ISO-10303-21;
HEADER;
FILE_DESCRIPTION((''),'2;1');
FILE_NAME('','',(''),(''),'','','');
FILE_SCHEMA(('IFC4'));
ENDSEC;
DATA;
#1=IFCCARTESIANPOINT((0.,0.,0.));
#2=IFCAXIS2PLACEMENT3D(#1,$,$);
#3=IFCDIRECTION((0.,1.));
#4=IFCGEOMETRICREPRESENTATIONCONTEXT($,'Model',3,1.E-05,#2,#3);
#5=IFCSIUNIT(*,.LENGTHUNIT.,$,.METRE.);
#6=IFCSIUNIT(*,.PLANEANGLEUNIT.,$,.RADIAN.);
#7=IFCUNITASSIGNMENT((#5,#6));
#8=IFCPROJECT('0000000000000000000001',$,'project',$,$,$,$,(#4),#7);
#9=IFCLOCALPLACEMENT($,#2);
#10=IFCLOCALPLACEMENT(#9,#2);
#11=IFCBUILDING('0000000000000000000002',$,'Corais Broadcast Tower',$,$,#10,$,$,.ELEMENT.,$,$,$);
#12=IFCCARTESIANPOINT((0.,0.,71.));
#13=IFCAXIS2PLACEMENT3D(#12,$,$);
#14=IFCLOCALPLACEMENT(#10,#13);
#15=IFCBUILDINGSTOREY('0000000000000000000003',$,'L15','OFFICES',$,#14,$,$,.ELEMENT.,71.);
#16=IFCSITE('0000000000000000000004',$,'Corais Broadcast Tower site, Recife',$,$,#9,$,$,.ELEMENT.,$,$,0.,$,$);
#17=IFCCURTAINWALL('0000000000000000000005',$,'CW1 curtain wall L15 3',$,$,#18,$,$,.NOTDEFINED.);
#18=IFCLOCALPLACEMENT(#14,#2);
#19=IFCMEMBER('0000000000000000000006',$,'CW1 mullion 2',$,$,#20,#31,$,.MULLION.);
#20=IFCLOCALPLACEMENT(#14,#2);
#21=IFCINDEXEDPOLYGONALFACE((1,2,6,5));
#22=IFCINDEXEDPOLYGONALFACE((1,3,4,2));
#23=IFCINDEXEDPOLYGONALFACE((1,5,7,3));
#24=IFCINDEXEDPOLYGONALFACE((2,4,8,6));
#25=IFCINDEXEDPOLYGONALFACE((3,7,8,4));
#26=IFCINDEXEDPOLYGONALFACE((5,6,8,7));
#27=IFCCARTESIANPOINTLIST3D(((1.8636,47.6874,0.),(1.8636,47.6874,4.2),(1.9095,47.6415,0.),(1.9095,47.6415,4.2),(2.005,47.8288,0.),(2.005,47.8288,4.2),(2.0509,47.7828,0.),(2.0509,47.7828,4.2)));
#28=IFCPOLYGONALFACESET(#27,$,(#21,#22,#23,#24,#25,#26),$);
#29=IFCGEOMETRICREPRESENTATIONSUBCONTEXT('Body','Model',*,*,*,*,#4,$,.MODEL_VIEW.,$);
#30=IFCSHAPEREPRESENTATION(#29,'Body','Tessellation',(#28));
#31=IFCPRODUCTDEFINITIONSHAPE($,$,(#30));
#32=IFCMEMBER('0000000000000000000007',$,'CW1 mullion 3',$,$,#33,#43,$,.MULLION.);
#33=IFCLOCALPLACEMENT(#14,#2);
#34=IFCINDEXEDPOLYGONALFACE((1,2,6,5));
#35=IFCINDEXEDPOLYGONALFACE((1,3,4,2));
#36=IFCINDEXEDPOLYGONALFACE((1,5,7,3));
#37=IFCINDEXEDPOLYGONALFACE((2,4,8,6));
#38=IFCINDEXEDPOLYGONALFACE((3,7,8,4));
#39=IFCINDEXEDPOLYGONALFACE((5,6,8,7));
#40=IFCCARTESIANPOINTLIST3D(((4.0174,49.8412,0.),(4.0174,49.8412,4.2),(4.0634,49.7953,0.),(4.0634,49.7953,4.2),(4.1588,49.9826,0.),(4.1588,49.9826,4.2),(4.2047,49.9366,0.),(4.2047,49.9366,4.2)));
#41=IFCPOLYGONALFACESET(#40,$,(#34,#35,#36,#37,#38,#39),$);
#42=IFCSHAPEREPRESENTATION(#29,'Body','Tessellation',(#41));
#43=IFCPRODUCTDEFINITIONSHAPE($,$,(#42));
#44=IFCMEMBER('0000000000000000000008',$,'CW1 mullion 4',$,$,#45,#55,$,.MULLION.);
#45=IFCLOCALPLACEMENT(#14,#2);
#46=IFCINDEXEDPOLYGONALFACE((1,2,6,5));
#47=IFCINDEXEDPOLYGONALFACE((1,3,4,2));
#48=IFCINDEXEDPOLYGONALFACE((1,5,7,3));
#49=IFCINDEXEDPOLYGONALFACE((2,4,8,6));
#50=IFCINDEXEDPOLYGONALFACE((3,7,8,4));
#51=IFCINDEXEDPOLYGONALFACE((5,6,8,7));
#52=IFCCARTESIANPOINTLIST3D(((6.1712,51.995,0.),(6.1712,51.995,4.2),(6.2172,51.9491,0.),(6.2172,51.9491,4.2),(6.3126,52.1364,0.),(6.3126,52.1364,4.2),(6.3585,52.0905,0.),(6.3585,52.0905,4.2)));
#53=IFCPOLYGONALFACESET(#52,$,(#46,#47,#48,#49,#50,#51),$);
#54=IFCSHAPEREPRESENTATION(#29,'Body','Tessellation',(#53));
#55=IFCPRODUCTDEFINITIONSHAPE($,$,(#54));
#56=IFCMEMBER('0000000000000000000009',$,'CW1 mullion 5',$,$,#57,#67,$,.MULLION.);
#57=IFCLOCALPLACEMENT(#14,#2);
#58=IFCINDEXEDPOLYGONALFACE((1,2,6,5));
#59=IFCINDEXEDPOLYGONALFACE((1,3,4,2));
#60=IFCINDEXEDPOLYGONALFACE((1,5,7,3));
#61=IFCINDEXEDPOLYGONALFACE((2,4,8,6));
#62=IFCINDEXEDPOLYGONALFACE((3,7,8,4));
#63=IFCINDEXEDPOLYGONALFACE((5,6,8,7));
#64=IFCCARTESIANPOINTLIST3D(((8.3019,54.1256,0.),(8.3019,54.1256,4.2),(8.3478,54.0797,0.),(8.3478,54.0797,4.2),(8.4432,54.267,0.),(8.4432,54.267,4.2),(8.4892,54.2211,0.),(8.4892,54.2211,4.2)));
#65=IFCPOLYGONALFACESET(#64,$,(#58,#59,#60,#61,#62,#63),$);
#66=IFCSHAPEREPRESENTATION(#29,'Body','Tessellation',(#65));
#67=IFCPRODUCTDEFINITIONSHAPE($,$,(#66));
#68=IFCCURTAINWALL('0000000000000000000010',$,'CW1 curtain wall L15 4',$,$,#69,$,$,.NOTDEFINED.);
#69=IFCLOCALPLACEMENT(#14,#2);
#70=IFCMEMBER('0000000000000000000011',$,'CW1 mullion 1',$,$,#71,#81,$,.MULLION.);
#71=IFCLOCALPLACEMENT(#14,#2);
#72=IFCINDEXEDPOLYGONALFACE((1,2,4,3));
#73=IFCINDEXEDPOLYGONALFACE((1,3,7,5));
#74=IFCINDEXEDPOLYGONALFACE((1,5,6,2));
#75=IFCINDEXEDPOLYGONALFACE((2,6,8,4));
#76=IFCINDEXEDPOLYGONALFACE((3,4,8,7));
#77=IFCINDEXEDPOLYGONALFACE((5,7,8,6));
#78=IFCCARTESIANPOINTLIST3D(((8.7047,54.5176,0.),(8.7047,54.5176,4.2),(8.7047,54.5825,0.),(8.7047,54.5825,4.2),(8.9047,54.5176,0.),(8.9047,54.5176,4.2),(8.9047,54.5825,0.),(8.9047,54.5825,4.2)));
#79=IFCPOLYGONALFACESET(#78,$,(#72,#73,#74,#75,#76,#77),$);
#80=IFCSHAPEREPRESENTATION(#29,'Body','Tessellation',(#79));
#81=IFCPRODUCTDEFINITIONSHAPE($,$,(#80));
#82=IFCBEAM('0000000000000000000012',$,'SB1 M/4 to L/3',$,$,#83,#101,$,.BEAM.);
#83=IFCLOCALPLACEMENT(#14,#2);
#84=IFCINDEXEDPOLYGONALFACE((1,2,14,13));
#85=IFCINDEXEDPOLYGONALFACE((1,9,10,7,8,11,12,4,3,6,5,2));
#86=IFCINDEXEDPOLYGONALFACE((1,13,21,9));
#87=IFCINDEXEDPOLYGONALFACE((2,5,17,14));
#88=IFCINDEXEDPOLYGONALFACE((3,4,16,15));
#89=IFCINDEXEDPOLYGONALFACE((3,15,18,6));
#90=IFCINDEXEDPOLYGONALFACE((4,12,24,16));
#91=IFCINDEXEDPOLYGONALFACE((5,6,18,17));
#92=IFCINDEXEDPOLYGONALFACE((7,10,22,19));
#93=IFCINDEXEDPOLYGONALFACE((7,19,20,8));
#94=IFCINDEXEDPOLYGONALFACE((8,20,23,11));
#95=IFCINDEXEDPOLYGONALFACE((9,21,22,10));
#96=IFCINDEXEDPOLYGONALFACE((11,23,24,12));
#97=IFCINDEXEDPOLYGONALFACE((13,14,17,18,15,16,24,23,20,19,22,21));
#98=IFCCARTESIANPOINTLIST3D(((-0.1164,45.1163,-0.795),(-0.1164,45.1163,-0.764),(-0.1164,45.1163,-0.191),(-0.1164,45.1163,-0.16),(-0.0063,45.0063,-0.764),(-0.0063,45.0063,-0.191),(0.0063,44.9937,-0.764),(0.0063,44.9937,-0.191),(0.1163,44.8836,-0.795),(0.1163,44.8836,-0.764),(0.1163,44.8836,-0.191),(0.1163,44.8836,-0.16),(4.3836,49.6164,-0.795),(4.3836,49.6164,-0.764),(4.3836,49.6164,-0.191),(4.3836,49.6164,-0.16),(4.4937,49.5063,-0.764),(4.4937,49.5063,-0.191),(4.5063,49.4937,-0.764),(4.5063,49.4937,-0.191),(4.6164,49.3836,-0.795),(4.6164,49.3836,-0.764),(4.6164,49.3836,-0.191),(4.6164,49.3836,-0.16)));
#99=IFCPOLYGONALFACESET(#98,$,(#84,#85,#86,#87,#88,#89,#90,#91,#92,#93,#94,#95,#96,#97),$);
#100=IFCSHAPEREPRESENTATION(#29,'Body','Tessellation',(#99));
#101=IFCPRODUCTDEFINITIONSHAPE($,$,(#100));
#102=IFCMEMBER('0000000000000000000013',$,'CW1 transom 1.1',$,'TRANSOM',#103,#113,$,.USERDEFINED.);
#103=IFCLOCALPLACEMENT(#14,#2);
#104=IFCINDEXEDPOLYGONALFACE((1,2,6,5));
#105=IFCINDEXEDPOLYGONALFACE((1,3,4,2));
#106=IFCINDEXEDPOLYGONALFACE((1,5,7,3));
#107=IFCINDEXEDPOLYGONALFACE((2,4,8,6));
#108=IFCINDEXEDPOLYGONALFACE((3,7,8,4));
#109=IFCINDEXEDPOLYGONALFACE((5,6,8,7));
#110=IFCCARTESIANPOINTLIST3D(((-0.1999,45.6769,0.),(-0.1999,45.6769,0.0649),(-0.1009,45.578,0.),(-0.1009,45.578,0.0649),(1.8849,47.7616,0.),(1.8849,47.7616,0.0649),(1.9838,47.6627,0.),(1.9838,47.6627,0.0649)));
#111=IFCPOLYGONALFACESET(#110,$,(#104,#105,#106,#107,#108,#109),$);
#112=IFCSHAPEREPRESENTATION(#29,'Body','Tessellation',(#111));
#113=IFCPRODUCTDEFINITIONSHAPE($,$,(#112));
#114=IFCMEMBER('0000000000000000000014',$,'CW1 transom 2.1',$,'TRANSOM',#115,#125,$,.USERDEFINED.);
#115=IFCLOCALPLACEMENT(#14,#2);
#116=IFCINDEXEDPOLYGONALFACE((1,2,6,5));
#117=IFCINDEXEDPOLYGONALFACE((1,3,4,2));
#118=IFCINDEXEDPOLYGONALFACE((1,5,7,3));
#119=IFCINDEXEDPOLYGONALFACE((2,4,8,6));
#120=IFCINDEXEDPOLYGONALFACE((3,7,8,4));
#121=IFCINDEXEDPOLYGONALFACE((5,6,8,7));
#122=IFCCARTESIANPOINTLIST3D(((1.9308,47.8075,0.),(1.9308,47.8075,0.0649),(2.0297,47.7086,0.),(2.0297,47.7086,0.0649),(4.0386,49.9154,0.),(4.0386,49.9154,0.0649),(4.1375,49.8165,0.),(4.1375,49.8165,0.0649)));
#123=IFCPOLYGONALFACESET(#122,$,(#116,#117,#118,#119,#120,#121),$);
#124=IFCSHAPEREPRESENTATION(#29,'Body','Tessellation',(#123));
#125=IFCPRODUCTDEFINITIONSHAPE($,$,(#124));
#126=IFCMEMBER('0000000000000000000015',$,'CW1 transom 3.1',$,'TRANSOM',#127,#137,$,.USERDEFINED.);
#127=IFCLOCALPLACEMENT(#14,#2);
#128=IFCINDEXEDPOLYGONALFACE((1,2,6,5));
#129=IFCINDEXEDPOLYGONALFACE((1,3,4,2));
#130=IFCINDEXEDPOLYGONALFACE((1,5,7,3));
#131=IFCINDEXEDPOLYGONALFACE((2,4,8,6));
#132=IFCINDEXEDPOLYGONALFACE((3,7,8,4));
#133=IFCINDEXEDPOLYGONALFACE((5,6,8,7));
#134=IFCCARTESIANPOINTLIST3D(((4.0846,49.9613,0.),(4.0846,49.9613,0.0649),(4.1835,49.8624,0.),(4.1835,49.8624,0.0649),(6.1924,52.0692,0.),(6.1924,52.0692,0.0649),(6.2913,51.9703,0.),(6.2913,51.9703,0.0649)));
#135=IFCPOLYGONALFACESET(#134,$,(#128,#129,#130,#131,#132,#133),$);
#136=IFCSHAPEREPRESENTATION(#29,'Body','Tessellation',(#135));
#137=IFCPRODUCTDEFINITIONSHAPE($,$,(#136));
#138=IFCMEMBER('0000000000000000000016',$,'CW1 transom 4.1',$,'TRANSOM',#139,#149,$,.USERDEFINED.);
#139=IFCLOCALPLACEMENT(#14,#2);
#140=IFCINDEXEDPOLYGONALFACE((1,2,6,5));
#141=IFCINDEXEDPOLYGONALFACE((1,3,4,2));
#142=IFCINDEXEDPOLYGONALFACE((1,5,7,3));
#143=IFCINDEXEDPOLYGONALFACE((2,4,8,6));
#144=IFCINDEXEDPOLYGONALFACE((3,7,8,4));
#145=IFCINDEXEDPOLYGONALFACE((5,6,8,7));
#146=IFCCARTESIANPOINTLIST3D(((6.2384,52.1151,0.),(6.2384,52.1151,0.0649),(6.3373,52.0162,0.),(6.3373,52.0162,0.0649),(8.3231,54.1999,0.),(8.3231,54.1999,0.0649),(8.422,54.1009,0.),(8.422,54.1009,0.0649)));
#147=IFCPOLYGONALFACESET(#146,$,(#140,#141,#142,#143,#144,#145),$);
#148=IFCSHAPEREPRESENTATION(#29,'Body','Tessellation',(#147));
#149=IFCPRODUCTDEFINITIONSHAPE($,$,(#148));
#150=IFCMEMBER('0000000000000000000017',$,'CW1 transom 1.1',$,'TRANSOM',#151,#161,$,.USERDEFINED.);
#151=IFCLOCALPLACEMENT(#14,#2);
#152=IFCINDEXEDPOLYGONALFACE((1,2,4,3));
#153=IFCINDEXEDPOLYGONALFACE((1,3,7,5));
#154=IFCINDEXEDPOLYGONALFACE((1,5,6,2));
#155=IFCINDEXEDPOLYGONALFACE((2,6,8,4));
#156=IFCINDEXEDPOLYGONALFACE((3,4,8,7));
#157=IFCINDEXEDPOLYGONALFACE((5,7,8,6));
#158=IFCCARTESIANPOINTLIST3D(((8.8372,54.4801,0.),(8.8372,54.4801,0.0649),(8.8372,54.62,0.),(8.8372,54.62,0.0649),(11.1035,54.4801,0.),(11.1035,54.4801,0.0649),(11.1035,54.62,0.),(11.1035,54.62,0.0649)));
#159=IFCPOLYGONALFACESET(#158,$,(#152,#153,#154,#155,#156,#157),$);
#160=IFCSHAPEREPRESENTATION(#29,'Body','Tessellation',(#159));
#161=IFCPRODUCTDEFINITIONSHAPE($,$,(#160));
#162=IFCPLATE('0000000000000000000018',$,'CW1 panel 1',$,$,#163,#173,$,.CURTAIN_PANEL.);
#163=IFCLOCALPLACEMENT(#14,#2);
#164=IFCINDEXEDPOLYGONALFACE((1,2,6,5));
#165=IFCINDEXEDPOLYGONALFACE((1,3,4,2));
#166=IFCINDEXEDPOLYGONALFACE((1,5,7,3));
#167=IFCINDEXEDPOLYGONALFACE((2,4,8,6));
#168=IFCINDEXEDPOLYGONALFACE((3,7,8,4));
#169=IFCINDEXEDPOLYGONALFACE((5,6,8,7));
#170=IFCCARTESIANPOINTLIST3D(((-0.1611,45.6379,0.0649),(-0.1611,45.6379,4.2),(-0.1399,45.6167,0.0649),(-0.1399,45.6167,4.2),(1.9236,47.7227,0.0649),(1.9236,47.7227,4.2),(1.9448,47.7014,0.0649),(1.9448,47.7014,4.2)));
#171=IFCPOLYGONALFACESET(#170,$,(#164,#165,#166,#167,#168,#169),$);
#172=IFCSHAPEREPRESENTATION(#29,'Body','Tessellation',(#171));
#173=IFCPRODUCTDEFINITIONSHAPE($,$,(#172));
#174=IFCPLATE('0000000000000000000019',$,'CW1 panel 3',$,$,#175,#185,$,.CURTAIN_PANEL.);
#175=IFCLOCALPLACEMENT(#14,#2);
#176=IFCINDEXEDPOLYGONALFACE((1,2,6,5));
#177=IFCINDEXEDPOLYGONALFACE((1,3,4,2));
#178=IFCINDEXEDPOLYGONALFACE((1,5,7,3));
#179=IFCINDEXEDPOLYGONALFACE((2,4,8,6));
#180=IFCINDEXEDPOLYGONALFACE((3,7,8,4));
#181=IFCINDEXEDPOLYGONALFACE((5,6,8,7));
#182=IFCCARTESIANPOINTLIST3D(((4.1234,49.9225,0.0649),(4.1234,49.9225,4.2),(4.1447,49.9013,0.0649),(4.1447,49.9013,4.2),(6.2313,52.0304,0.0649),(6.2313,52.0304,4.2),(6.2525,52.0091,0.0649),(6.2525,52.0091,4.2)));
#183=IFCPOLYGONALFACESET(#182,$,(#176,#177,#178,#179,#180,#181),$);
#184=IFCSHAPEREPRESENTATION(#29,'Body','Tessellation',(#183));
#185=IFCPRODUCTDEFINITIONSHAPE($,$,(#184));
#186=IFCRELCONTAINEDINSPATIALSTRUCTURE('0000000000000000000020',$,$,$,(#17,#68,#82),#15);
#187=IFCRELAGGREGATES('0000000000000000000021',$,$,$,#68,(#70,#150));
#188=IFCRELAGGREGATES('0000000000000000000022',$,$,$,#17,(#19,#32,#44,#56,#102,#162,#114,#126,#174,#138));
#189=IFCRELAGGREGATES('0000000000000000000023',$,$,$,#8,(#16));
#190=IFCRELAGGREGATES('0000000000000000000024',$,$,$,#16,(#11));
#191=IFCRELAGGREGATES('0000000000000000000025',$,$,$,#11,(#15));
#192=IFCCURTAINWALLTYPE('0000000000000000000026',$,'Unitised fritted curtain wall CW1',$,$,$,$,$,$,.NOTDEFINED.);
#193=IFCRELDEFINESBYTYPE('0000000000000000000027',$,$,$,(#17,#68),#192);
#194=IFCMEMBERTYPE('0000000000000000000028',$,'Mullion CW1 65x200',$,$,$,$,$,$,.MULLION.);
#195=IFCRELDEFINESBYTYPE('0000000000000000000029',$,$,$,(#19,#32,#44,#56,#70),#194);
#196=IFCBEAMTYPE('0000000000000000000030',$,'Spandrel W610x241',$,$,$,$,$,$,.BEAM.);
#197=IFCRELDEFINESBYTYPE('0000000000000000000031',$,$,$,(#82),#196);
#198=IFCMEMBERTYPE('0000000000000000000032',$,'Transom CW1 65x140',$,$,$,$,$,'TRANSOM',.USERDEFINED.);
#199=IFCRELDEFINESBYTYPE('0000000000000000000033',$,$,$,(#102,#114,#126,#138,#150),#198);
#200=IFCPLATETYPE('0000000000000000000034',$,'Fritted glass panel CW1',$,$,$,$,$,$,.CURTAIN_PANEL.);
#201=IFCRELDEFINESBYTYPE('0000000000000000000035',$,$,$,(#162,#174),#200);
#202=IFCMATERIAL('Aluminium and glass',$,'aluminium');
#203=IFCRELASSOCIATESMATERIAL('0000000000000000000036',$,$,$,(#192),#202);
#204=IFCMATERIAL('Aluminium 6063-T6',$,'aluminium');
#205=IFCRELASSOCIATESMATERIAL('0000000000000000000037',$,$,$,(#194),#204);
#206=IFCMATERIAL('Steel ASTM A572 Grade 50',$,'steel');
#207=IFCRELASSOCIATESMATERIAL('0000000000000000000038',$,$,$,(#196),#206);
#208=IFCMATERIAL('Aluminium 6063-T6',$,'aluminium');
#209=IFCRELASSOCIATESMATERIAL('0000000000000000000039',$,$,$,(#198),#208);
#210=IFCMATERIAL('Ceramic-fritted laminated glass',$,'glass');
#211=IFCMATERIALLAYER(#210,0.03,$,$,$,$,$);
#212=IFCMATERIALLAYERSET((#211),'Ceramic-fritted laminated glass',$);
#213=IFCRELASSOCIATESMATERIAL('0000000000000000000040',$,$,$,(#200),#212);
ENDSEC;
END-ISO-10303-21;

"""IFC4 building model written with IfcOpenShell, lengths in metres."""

from ifc_helpers import new_model, si_unit, direction, frame, origin, origin_2d, place, context, subcontext, project, spatial, rectangle, i_section, extrude, material, layer, layer_set, material_profile, profile_set, type_object, element, aggregate, save


model = new_model("IFC4")

# Units and contexts
model_context = context("Model", 3, precision=1e-05, world=origin(), true_north=direction((0.0, 1.0)))
body_context = subcontext(model_context, "Body", "Model", "MODEL_VIEW")
ifc_project = project(units=[si_unit("LENGTHUNIT", "METRE"), si_unit("PLANEANGLEUNIT", "RADIAN")], contexts=[model_context])

# Site, building, storey
site_placement = place(None, origin())
site = spatial("IfcSite", under=ifc_project, at=site_placement, Name="Corais Broadcast Tower site, Recife", CompositionType="ELEMENT", RefElevation=0.0)
building_placement = place(site_placement, origin())
building = spatial("IfcBuilding", under=site, at=building_placement, Name="Corais Broadcast Tower", CompositionType="ELEMENT")
storey_placement = place(building_placement, frame((0.0, 0.0, 71.0)))
storey = spatial("IfcBuildingStorey", under=building, at=storey_placement, Name="L15", Description="OFFICES", CompositionType="ELEMENT", Elevation=71.0)

# Shared definitions
ifc_material_1 = material(Name="Aluminium and glass", Category="aluminium")
curtain_wall_type = type_object("IfcCurtainWallType", Name="Unitised fritted curtain wall CW1", PredefinedType="NOTDEFINED", material=ifc_material_1)
ifc_material_2 = material(Name="Aluminium 6063-T6", Category="aluminium")
ifc_material_profile_1 = material_profile(ifc_material_2, rectangle(XDim=0.0649, YDim=0.2, at=origin_2d()), Name="Mullion CW1 65x200")
ifc_profile_set_1 = profile_set([ifc_material_profile_1], Name="Aluminium 6063-T6")
member_type_1 = type_object("IfcMemberType", Name="Mullion CW1 65x200", PredefinedType="MULLION", material=ifc_profile_set_1)

# Curtain wall, members
curtain_wall_1_placement = place(storey_placement, origin())
curtain_wall_1 = element("IfcCurtainWall", 1, at=curtain_wall_1_placement, inside=storey, type_object=curtain_wall_type, Name="CW1 curtain wall L15 3", PredefinedType="NOTDEFINED")
member_1_placement = place(storey_placement, frame((1.9573, 47.7351, 0.0), z_axis=(0.0, 0.0, 1.0), x_axis=(-0.707107, 0.707107, 0.0)))
member_1 = element("IfcMember", 2, at=member_1_placement, type_object=member_type_1, Name="CW1 mullion 2", PredefinedType="MULLION", context=body_context, shape_type="SweptSolid", body=[
    extrude(rectangle(XDim=0.0649, YDim=0.2, at=origin_2d()), origin(), (0.0, 0.0, 1.0), 4.2),
])
member_2_placement = place(storey_placement, frame((4.1111, 49.8889, 0.0), z_axis=(0.0, 0.0, 1.0), x_axis=(-0.707107, 0.707107, 0.0)))
member_2 = element("IfcMember", 3, at=member_2_placement, type_object=member_type_1, Name="CW1 mullion 3", PredefinedType="MULLION", context=body_context, shape_type="SweptSolid", body=[
    extrude(rectangle(XDim=0.0649, YDim=0.2, at=origin_2d()), origin(), (0.0, 0.0, 1.0), 4.2),
])
member_3_placement = place(storey_placement, frame((6.2649, 52.0427, 0.0), z_axis=(0.0, 0.0, 1.0), x_axis=(-0.707107, 0.707107, 0.0)))
member_3 = element("IfcMember", 4, at=member_3_placement, type_object=member_type_1, Name="CW1 mullion 4", PredefinedType="MULLION", context=body_context, shape_type="SweptSolid", body=[
    extrude(rectangle(XDim=0.0649, YDim=0.2, at=origin_2d()), origin(), (0.0, 0.0, 1.0), 4.2),
])
member_4_placement = place(storey_placement, frame((8.3955, 54.1733, 0.0), z_axis=(0.0, 0.0, 1.0), x_axis=(-0.707107, 0.707107, 0.0)))
member_4 = element("IfcMember", 5, at=member_4_placement, type_object=member_type_1, Name="CW1 mullion 5", PredefinedType="MULLION", context=body_context, shape_type="SweptSolid", body=[
    extrude(rectangle(XDim=0.0649, YDim=0.2, at=origin_2d()), origin(), (0.0, 0.0, 1.0), 4.2),
])

# Curtain wall, member
curtain_wall_2_placement = place(storey_placement, origin())
curtain_wall_2 = element("IfcCurtainWall", 6, at=curtain_wall_2_placement, inside=storey, type_object=curtain_wall_type, Name="CW1 curtain wall L15 4", PredefinedType="NOTDEFINED")
member_5_placement = place(storey_placement, frame((8.8047, 54.55, 0.0), z_axis=(0.0, 0.0, 1.0), x_axis=(0.0, 1.0, 0.0)))
member_5 = element("IfcMember", 7, at=member_5_placement, type_object=member_type_1, Name="CW1 mullion 1", PredefinedType="MULLION", context=body_context, shape_type="SweptSolid", body=[
    extrude(rectangle(XDim=0.0649, YDim=0.2, at=origin_2d()), origin(), (0.0, 0.0, 1.0), 4.2),
])

# Beam
ifc_material_3 = material(Name="Steel ASTM A572 Grade 50", Category="steel")
ifc_material_profile_2 = material_profile(ifc_material_3, i_section(OverallWidth=0.3291, OverallDepth=0.635, WebThickness=0.0178, FlangeThickness=0.031, at=origin_2d()), Name="W610x241")
ifc_profile_set_2 = profile_set([ifc_material_profile_2], Name="Steel ASTM A572 Grade 50")
beam_type_1 = type_object("IfcBeamType", Name="Spandrel W610x241", PredefinedType="BEAM", material=ifc_profile_set_2)
beam_1_placement = place(storey_placement, frame((4.5, 49.5, -0.4775), z_axis=(-0.707107, -0.707107, 0.0), x_axis=(0.707107, -0.707107, 0.0)))
element("IfcBeam", 8, at=beam_1_placement, inside=storey, type_object=beam_type_1, Name="SB1 M/4 to L/3", PredefinedType="BEAM", context=body_context, shape_type="SweptSolid", body=[
    extrude(i_section(OverallWidth=0.3291, OverallDepth=0.635, WebThickness=0.0178, FlangeThickness=0.031, at=origin_2d()), origin(), (0.0, 0.0, 1.0), 6.364),
])

# Members
ifc_material_4 = material(Name="Aluminium 6063-T6", Category="aluminium")
ifc_material_profile_3 = material_profile(ifc_material_4, rectangle(XDim=0.1399, YDim=0.0649, at=origin_2d()), Name="Transom CW1 65x140")
ifc_profile_set_3 = profile_set([ifc_material_profile_3], Name="Aluminium 6063-T6")
member_type_2 = type_object("IfcMemberType", Name="Transom CW1 65x140", ElementType="TRANSOM", PredefinedType="USERDEFINED", material=ifc_profile_set_3)
member_6_placement = place(storey_placement, frame((-0.1504, 45.6274, 0.0325), z_axis=(0.707107, 0.707107, 0.0), x_axis=(-0.707107, 0.707107, 0.0)))
member_6 = element("IfcMember", 9, at=member_6_placement, type_object=member_type_2, Name="CW1 transom 1.1", ObjectType="TRANSOM", PredefinedType="USERDEFINED", context=body_context, shape_type="SweptSolid", body=[
    extrude(rectangle(XDim=0.1399, YDim=0.0649, at=origin_2d()), origin(), (0.0, 0.0, 1.0), 2.9482),
])
member_7_placement = place(storey_placement, frame((1.9802, 47.7581, 0.0325), z_axis=(0.707107, 0.707107, 0.0), x_axis=(-0.707107, 0.707107, 0.0)))
member_7 = element("IfcMember", 10, at=member_7_placement, type_object=member_type_2, Name="CW1 transom 2.1", ObjectType="TRANSOM", PredefinedType="USERDEFINED", context=body_context, shape_type="SweptSolid", body=[
    extrude(rectangle(XDim=0.1399, YDim=0.0649, at=origin_2d()), origin(), (0.0, 0.0, 1.0), 2.981),
])
member_8_placement = place(storey_placement, frame((4.134, 49.9119, 0.0325), z_axis=(0.707107, 0.707107, 0.0), x_axis=(-0.707107, 0.707107, 0.0)))
member_8 = element("IfcMember", 11, at=member_8_placement, type_object=member_type_2, Name="CW1 transom 3.1", ObjectType="TRANSOM", PredefinedType="USERDEFINED", context=body_context, shape_type="SweptSolid", body=[
    extrude(rectangle(XDim=0.1399, YDim=0.0649, at=origin_2d()), origin(), (0.0, 0.0, 1.0), 2.981),
])
member_9_placement = place(storey_placement, frame((6.2878, 52.0657, 0.0325), z_axis=(0.707107, 0.707107, 0.0), x_axis=(-0.707107, 0.707107, 0.0)))
member_9 = element("IfcMember", 12, at=member_9_placement, type_object=member_type_2, Name="CW1 transom 4.1", ObjectType="TRANSOM", PredefinedType="USERDEFINED", context=body_context, shape_type="SweptSolid", body=[
    extrude(rectangle(XDim=0.1399, YDim=0.0649, at=origin_2d()), origin(), (0.0, 0.0, 1.0), 2.9482),
])
member_10_placement = place(storey_placement, frame((8.8372, 54.55, 0.0325), z_axis=(1.0, 0.0, 0.0), x_axis=(0.0, 1.0, 0.0)))
member_10 = element("IfcMember", 13, at=member_10_placement, type_object=member_type_2, Name="CW1 transom 1.1", ObjectType="TRANSOM", PredefinedType="USERDEFINED", context=body_context, shape_type="SweptSolid", body=[
    extrude(rectangle(XDim=0.1399, YDim=0.0649, at=origin_2d()), origin(), (0.0, 0.0, 1.0), 2.2664),
])
aggregate(curtain_wall_2, [member_5, member_10])

# Plates
ifc_material_5 = material(Name="Ceramic-fritted laminated glass", Category="glass")
ifc_layer_1 = layer(ifc_material_5, 0.03)
ifc_layer_set_1 = layer_set([ifc_layer_1], Name="Ceramic-fritted laminated glass")
plate_type_1 = type_object("IfcPlateType", Name="Fritted glass panel CW1", PredefinedType="CURTAIN_PANEL", material=ifc_layer_set_1)
plate_1_placement = place(storey_placement, frame((0.8918, 46.6697, 0.0649), z_axis=(0.0, 0.0, 1.0), x_axis=(0.707107, 0.707107, 0.0)))
plate_1 = element("IfcPlate", 14, at=plate_1_placement, type_object=plate_type_1, Name="CW1 panel 1", PredefinedType="CURTAIN_PANEL", context=body_context, shape_type="SweptSolid", body=[
    extrude(rectangle(XDim=2.9482, YDim=0.03, at=origin_2d()), origin(), (0.0, 0.0, 1.0), 4.135),
])
plate_2_placement = place(storey_placement, frame((5.188, 50.9658, 0.0649), z_axis=(0.0, 0.0, 1.0), x_axis=(0.707107, 0.707107, 0.0)))
plate_2 = element("IfcPlate", 15, at=plate_2_placement, type_object=plate_type_1, Name="CW1 panel 3", PredefinedType="CURTAIN_PANEL", context=body_context, shape_type="SweptSolid", body=[
    extrude(rectangle(XDim=2.981, YDim=0.03, at=origin_2d()), origin(), (0.0, 0.0, 1.0), 4.135),
])
aggregate(curtain_wall_1, [member_1, member_2, member_3, member_4, member_6, plate_1, member_7, member_8, plate_2, member_9])

save(model, "model.ifc")
